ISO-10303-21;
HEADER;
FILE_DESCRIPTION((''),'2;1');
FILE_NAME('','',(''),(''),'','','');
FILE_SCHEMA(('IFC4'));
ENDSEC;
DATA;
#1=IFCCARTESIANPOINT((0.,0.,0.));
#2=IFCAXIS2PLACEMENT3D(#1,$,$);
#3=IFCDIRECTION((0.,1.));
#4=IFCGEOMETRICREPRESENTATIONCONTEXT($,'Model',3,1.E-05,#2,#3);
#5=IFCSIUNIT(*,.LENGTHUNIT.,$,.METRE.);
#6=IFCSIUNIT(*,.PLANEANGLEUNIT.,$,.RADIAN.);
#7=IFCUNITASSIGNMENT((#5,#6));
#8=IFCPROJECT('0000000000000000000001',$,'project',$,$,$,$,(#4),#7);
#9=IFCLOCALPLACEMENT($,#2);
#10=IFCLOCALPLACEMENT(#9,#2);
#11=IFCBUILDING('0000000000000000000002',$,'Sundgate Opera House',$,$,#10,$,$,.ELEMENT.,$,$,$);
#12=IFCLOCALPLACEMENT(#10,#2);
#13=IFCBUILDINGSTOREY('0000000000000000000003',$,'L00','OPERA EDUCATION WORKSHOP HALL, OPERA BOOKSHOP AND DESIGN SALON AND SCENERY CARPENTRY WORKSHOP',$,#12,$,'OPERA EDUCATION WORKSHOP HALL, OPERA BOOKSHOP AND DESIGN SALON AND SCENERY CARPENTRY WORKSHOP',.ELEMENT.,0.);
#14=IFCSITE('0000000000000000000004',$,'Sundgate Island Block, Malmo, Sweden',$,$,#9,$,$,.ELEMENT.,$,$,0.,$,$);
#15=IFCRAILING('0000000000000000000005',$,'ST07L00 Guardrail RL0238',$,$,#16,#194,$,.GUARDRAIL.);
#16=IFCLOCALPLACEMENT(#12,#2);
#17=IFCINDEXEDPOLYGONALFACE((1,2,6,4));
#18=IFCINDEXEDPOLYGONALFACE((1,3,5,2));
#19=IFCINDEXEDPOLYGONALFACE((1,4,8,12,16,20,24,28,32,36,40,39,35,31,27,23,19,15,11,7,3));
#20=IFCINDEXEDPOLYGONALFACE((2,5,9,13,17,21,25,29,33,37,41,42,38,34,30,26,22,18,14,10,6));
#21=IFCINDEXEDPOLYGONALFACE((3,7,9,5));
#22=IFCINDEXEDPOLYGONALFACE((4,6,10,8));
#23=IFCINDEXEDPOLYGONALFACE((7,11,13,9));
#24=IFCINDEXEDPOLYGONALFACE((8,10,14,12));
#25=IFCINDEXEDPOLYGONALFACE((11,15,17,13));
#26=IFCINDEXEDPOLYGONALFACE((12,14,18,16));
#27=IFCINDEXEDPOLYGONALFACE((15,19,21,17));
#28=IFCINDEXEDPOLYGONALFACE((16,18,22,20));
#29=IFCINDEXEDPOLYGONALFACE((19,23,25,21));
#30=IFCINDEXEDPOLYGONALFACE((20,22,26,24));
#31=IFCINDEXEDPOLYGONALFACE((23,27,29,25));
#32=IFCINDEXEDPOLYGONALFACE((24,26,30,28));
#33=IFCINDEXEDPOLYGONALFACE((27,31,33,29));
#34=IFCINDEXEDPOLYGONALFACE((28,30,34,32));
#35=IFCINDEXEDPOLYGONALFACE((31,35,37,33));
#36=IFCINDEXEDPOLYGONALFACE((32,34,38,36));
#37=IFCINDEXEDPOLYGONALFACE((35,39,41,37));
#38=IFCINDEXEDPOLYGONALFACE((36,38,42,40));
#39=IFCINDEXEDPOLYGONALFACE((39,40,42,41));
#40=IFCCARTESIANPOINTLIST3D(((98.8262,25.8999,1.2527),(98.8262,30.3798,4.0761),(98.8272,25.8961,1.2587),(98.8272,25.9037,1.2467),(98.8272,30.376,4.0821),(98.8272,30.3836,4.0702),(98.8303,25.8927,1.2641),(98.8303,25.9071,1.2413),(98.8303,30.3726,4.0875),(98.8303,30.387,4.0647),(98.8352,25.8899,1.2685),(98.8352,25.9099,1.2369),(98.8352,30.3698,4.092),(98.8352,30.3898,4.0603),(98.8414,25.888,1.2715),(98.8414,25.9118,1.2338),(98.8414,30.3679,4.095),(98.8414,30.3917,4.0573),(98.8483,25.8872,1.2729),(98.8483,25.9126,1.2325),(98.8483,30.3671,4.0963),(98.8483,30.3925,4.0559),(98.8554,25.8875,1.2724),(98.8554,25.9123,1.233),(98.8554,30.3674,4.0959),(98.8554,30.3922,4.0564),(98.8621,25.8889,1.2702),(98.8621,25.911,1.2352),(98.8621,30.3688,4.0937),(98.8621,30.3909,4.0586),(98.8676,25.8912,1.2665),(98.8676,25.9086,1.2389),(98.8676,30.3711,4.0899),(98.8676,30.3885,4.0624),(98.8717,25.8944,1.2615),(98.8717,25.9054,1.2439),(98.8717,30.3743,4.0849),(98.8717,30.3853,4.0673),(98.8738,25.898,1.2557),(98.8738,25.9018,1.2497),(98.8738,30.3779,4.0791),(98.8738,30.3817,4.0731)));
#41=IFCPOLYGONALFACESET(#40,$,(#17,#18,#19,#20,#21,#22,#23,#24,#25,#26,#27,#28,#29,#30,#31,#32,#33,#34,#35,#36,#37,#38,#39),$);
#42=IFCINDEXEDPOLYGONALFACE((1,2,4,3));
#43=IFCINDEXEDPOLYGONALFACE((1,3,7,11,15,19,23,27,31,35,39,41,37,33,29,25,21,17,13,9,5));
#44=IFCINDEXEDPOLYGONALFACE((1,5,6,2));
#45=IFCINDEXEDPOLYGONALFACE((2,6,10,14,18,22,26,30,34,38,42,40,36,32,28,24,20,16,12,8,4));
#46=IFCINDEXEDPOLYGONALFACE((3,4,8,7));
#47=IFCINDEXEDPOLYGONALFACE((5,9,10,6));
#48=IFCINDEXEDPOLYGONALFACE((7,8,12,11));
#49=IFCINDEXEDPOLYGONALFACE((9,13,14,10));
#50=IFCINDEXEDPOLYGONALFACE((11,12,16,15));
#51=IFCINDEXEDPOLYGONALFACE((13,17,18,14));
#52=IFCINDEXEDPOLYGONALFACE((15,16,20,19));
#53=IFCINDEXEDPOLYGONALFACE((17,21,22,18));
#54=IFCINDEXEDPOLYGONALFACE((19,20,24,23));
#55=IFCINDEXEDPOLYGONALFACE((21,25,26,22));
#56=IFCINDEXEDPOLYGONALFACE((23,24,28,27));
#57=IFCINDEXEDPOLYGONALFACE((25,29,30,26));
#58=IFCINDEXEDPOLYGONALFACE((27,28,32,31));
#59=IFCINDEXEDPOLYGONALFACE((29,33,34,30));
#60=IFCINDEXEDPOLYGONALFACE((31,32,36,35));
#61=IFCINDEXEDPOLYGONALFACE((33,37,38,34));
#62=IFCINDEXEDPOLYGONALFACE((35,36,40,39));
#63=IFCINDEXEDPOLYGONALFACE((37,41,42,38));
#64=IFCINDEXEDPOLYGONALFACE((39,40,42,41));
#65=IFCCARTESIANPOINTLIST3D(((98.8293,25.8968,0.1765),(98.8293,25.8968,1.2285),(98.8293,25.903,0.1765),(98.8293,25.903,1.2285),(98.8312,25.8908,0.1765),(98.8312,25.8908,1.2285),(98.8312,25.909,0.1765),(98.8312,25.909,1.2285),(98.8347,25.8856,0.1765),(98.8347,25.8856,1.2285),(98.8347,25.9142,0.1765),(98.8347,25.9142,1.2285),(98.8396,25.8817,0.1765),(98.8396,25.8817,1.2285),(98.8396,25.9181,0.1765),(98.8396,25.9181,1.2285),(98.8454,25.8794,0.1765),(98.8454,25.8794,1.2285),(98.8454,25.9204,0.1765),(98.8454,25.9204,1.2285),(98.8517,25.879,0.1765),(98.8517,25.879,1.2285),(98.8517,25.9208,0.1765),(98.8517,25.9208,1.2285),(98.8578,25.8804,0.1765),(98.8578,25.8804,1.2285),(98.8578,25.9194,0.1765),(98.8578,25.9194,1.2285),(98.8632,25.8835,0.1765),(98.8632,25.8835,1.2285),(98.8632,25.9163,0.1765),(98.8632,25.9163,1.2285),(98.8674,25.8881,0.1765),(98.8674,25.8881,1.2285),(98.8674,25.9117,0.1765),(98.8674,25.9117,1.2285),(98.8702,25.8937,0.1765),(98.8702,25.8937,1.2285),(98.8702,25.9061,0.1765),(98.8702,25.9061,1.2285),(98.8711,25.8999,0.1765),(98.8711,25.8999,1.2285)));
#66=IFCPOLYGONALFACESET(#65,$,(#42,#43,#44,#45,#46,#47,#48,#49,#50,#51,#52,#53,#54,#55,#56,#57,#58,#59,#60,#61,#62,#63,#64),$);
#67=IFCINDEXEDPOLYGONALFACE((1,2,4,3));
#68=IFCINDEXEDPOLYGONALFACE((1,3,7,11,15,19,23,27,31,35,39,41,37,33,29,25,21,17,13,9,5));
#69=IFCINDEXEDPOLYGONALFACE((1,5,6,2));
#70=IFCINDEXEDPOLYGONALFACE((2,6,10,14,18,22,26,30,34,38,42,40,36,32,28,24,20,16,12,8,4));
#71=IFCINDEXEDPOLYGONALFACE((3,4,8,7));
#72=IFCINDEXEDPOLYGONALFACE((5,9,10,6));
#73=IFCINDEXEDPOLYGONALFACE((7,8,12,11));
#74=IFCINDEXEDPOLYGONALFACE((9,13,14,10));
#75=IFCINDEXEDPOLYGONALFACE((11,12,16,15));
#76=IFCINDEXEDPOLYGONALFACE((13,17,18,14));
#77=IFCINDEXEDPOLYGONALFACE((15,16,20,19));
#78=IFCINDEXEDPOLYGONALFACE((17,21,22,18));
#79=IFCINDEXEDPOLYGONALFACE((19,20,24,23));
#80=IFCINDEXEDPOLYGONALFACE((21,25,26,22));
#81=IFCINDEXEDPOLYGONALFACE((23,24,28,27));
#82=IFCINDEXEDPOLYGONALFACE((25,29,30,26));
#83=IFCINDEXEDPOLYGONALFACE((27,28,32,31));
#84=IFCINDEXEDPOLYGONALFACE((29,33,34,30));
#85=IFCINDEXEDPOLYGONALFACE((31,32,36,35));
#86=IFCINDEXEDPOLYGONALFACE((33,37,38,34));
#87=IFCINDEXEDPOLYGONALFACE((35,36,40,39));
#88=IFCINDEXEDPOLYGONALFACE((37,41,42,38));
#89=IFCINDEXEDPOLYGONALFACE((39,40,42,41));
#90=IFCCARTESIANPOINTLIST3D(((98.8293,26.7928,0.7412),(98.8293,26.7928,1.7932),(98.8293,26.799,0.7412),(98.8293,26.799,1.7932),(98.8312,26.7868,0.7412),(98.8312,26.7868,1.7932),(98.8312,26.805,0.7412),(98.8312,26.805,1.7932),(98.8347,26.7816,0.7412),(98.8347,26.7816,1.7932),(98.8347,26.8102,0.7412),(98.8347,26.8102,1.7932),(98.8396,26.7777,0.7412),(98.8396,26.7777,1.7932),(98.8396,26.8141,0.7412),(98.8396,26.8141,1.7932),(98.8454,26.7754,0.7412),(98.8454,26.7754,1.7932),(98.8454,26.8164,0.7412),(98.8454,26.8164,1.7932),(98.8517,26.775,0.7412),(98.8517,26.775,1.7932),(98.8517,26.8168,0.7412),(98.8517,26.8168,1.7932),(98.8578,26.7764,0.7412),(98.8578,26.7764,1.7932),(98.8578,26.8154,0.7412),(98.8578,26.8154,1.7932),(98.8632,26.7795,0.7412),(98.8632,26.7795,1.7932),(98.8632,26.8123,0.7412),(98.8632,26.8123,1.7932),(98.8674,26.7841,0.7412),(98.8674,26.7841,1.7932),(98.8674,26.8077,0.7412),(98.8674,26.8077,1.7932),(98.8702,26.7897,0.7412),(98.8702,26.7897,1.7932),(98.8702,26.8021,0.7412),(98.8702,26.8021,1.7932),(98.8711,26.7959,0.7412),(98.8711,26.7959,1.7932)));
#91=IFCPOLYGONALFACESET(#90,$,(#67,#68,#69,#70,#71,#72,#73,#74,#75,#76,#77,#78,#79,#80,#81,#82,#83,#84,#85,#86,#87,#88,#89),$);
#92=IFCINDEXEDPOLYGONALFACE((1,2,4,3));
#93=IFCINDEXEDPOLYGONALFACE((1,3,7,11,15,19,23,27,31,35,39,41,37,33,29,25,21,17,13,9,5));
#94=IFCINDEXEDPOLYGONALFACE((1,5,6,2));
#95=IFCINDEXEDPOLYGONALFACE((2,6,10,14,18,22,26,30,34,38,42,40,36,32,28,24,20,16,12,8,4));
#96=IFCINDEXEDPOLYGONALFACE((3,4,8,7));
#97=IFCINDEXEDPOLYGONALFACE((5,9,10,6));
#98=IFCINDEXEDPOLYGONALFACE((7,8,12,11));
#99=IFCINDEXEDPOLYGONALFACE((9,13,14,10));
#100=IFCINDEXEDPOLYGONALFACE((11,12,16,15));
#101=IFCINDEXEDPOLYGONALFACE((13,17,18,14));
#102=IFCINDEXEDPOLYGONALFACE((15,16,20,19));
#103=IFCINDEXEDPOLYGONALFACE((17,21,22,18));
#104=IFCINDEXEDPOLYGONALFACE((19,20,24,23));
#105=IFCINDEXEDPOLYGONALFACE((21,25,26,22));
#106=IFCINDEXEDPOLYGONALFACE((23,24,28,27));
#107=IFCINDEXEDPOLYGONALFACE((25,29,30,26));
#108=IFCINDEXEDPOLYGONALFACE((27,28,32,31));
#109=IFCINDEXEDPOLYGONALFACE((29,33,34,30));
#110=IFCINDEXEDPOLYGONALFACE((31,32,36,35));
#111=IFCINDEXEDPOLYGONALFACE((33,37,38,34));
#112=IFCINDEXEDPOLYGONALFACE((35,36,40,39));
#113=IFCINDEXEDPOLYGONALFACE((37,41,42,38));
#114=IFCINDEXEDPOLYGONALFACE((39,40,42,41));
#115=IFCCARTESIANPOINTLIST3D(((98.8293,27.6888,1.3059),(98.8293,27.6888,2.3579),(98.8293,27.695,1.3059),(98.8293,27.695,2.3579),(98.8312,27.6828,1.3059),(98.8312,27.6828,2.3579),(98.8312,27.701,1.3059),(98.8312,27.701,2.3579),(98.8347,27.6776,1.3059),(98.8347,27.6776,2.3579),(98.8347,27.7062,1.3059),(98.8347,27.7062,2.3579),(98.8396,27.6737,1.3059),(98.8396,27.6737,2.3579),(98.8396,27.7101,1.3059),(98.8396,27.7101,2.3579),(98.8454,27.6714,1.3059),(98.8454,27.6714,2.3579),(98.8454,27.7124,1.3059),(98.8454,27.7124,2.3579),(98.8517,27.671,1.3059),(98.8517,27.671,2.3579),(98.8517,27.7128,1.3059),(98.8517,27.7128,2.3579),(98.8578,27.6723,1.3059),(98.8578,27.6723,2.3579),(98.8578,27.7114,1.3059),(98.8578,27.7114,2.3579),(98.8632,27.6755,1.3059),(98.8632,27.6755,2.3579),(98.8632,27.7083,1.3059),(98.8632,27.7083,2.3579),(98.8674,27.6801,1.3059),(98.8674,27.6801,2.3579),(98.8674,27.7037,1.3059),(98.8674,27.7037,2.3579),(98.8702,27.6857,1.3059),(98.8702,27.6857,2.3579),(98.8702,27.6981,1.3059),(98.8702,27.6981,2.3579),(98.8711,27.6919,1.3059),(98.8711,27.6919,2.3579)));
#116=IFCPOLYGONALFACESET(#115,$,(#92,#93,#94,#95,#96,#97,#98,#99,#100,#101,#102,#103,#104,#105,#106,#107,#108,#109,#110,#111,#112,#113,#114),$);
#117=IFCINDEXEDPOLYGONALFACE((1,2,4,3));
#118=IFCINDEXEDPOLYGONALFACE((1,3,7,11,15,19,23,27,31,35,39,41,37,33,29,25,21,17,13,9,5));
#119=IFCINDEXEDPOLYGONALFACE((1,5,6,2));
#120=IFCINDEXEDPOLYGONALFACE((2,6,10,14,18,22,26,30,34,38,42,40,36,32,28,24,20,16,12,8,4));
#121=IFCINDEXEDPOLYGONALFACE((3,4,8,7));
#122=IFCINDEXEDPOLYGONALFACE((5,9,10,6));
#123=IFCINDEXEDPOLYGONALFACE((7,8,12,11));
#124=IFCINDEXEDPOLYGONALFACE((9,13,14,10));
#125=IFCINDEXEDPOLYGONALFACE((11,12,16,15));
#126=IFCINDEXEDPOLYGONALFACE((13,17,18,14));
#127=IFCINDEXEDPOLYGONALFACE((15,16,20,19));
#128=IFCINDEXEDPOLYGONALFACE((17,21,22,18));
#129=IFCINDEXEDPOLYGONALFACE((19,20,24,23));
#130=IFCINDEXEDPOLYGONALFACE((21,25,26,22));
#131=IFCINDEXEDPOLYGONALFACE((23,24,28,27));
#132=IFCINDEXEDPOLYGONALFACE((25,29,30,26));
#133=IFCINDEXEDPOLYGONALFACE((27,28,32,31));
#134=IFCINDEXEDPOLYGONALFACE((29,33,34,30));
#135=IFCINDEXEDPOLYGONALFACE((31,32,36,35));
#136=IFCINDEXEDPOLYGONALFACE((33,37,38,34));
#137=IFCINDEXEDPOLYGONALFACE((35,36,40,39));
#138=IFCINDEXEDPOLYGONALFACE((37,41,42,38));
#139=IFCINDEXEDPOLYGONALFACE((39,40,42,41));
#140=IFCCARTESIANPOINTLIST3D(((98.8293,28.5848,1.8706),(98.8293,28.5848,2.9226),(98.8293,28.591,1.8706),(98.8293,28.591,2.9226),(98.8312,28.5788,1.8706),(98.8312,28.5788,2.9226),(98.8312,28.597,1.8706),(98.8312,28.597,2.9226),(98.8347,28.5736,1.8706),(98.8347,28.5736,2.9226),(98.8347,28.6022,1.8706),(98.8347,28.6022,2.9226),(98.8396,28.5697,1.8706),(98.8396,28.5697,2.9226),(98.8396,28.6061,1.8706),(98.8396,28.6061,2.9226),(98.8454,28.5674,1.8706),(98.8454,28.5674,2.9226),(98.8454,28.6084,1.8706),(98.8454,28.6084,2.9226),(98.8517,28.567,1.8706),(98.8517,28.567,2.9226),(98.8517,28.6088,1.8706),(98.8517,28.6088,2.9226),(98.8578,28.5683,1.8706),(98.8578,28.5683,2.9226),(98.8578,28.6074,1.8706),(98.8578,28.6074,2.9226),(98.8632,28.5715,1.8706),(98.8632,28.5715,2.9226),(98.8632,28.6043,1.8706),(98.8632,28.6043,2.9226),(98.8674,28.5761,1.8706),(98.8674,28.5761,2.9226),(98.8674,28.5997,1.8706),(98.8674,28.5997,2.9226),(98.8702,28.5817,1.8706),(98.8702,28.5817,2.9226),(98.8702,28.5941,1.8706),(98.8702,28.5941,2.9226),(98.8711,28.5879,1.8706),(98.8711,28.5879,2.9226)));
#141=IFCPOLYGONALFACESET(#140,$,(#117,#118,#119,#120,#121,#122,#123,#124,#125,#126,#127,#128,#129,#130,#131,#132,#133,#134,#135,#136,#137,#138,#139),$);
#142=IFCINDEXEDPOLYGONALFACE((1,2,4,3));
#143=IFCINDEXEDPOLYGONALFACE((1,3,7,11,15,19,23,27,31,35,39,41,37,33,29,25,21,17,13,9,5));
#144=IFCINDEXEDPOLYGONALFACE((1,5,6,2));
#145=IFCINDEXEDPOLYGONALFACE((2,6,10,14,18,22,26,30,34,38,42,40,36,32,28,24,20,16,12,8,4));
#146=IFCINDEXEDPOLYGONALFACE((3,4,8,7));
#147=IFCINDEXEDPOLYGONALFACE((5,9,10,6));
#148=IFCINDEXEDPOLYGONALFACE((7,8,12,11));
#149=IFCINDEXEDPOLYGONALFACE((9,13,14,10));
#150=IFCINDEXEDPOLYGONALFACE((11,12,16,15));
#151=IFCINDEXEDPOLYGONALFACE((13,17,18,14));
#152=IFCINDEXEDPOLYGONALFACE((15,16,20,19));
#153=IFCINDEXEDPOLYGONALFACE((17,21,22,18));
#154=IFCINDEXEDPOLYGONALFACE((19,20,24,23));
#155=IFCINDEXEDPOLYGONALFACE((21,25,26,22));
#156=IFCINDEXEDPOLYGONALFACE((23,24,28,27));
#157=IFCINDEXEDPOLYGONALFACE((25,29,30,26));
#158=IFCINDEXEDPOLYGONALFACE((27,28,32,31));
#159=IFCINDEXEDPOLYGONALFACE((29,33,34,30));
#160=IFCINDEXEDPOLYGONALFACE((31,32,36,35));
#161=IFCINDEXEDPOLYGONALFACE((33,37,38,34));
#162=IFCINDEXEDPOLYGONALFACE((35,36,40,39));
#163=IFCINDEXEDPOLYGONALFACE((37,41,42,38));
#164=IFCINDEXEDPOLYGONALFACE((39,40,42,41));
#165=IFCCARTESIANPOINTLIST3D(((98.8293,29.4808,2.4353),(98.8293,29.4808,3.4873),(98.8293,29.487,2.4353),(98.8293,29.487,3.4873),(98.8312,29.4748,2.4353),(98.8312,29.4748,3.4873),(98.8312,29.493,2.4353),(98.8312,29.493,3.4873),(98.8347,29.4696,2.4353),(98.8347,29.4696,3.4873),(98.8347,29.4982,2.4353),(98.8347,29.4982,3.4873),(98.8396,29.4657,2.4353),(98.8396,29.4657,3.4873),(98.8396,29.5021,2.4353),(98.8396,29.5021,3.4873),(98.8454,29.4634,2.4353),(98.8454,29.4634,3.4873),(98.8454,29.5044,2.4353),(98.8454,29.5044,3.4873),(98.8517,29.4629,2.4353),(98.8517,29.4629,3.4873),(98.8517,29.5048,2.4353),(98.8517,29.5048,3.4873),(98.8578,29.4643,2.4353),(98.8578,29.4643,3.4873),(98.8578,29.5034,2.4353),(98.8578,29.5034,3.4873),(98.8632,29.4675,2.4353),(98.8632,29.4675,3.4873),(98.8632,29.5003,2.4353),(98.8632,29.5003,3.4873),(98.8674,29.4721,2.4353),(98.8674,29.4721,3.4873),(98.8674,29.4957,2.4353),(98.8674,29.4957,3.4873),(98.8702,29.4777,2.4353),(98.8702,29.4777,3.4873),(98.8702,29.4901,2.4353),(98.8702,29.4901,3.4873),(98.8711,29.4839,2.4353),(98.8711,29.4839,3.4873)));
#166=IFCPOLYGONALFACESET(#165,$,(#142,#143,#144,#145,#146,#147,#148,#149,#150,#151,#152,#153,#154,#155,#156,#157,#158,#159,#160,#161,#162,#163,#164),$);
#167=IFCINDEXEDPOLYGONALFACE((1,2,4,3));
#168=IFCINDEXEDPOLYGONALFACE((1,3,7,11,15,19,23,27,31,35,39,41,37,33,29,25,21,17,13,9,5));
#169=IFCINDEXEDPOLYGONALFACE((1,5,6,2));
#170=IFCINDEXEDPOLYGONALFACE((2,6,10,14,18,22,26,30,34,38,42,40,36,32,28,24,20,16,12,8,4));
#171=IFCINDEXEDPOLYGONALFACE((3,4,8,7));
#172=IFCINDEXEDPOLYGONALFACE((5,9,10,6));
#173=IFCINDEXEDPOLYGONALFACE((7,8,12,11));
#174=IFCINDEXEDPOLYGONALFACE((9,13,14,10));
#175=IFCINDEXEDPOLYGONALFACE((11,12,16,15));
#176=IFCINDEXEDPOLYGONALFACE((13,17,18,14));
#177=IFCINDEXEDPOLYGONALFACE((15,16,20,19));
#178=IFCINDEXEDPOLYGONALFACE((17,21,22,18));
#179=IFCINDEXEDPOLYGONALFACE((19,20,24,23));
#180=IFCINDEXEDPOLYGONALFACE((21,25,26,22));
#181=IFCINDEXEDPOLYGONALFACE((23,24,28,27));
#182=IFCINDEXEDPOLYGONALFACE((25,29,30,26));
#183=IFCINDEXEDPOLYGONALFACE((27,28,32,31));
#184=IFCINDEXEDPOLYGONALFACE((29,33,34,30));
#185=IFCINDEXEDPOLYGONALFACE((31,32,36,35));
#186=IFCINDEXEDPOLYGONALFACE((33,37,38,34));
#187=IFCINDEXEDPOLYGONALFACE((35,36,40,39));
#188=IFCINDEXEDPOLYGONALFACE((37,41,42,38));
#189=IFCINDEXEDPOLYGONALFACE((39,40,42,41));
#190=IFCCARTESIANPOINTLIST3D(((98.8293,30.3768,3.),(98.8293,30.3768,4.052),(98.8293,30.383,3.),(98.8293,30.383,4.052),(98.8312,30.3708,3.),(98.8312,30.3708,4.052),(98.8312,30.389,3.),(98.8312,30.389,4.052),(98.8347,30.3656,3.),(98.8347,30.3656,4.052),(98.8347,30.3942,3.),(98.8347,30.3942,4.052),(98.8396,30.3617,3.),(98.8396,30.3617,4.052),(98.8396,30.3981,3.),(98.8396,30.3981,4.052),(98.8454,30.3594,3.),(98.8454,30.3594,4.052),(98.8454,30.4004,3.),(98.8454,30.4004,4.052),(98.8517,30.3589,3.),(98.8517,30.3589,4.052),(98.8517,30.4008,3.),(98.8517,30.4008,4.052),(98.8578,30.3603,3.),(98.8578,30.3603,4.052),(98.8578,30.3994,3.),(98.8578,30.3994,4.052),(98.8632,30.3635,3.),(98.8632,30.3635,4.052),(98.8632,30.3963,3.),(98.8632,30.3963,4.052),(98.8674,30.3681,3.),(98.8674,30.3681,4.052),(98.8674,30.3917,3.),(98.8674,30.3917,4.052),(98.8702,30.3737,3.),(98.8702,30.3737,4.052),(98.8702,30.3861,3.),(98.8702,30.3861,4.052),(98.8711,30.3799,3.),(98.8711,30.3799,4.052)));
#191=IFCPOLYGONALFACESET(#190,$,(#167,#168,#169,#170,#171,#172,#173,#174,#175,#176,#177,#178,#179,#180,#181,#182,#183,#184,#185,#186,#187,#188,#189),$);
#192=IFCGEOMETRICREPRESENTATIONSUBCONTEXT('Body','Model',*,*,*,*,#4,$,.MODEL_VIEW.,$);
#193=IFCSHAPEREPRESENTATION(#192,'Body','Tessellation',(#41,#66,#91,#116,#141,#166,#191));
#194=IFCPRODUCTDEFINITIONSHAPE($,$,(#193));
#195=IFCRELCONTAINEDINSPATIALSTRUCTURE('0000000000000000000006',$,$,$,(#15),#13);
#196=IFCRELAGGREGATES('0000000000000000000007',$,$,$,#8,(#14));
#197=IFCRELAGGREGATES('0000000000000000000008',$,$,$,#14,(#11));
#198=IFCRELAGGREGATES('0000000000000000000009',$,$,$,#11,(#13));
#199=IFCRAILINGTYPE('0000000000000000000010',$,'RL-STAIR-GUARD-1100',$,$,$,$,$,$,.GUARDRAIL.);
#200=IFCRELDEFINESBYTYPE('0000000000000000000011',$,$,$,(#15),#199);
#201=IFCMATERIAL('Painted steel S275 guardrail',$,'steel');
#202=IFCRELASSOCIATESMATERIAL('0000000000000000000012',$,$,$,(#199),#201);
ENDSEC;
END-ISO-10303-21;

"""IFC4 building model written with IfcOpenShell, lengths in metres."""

from ifc_helpers import new_model, si_unit, direction, frame, origin, origin_2d, place, context, subcontext, project, spatial, circle, extrude, material, type_object, element, save


model = new_model("IFC4")

# Units and contexts
model_context = context("Model", 3, precision=1e-05, world=origin(), true_north=direction((0.0, 1.0)))
body_context = subcontext(model_context, "Body", "Model", "MODEL_VIEW")
ifc_project = project(units=[si_unit("LENGTHUNIT", "METRE"), si_unit("PLANEANGLEUNIT", "RADIAN")], contexts=[model_context])

# Site, building, storey
site_placement = place(None, origin())
site = spatial("IfcSite", under=ifc_project, at=site_placement, Name="Sundgate Island Block, Malmo, Sweden", CompositionType="ELEMENT", RefElevation=0.0)
building_placement = place(site_placement, origin())
building = spatial("IfcBuilding", under=site, at=building_placement, Name="Sundgate Opera House", CompositionType="ELEMENT")
storey_placement = place(building_placement, origin())
storey = spatial("IfcBuildingStorey", under=building, at=storey_placement, Name="L00", Description="OPERA EDUCATION WORKSHOP HALL, OPERA BOOKSHOP AND DESIGN SALON AND SCENERY CARPENTRY WORKSHOP", LongName="OPERA EDUCATION WORKSHOP HALL, OPERA BOOKSHOP AND DESIGN SALON AND SCENERY CARPENTRY WORKSHOP", CompositionType="ELEMENT", Elevation=0.0)

# Railing
ifc_material_1 = material(Name="Painted steel S275 guardrail", Category="steel")
railing_type_1 = type_object("IfcRailingType", Name="RL-STAIR-GUARD-1100", PredefinedType="GUARDRAIL", material=ifc_material_1)
railing_1_placement = place(storey_placement, frame((98.8501, 25.8999, 0.1765)))
element("IfcRailing", 1, at=railing_1_placement, inside=storey, type_object=railing_type_1, Name="ST07L00 Guardrail RL0238", PredefinedType="GUARDRAIL", context=body_context, shape_type="SweptSolid", body=[
    extrude(circle(Radius=0.0239, at=origin_2d()), frame((0.0, 0.0, 1.0762), z_axis=(0.0, 0.845998, 0.533186), x_axis=(-1.0, 0.0, 0.0)), (0.0, 0.0, 1.0), 5.2954),
    extrude(circle(Radius=0.021, at=origin_2d()), origin(), (0.0, 0.0, 1.0), 1.052),
    extrude(circle(Radius=0.021, at=origin_2d()), frame((0.0, 0.896, 0.5647)), (0.0, 0.0, 1.0), 1.052),
    extrude(circle(Radius=0.021, at=origin_2d()), frame((0.0, 1.792, 1.1294)), (0.0, 0.0, 1.0), 1.052),
    extrude(circle(Radius=0.021, at=origin_2d()), frame((0.0, 2.688, 1.6941)), (0.0, 0.0, 1.0), 1.052),
    extrude(circle(Radius=0.021, at=origin_2d()), frame((0.0, 3.584, 2.2588)), (0.0, 0.0, 1.0), 1.052),
    extrude(circle(Radius=0.021, at=origin_2d()), frame((0.0, 4.48, 2.8235)), (0.0, 0.0, 1.0), 1.052),
])

save(model, "model.ifc")
